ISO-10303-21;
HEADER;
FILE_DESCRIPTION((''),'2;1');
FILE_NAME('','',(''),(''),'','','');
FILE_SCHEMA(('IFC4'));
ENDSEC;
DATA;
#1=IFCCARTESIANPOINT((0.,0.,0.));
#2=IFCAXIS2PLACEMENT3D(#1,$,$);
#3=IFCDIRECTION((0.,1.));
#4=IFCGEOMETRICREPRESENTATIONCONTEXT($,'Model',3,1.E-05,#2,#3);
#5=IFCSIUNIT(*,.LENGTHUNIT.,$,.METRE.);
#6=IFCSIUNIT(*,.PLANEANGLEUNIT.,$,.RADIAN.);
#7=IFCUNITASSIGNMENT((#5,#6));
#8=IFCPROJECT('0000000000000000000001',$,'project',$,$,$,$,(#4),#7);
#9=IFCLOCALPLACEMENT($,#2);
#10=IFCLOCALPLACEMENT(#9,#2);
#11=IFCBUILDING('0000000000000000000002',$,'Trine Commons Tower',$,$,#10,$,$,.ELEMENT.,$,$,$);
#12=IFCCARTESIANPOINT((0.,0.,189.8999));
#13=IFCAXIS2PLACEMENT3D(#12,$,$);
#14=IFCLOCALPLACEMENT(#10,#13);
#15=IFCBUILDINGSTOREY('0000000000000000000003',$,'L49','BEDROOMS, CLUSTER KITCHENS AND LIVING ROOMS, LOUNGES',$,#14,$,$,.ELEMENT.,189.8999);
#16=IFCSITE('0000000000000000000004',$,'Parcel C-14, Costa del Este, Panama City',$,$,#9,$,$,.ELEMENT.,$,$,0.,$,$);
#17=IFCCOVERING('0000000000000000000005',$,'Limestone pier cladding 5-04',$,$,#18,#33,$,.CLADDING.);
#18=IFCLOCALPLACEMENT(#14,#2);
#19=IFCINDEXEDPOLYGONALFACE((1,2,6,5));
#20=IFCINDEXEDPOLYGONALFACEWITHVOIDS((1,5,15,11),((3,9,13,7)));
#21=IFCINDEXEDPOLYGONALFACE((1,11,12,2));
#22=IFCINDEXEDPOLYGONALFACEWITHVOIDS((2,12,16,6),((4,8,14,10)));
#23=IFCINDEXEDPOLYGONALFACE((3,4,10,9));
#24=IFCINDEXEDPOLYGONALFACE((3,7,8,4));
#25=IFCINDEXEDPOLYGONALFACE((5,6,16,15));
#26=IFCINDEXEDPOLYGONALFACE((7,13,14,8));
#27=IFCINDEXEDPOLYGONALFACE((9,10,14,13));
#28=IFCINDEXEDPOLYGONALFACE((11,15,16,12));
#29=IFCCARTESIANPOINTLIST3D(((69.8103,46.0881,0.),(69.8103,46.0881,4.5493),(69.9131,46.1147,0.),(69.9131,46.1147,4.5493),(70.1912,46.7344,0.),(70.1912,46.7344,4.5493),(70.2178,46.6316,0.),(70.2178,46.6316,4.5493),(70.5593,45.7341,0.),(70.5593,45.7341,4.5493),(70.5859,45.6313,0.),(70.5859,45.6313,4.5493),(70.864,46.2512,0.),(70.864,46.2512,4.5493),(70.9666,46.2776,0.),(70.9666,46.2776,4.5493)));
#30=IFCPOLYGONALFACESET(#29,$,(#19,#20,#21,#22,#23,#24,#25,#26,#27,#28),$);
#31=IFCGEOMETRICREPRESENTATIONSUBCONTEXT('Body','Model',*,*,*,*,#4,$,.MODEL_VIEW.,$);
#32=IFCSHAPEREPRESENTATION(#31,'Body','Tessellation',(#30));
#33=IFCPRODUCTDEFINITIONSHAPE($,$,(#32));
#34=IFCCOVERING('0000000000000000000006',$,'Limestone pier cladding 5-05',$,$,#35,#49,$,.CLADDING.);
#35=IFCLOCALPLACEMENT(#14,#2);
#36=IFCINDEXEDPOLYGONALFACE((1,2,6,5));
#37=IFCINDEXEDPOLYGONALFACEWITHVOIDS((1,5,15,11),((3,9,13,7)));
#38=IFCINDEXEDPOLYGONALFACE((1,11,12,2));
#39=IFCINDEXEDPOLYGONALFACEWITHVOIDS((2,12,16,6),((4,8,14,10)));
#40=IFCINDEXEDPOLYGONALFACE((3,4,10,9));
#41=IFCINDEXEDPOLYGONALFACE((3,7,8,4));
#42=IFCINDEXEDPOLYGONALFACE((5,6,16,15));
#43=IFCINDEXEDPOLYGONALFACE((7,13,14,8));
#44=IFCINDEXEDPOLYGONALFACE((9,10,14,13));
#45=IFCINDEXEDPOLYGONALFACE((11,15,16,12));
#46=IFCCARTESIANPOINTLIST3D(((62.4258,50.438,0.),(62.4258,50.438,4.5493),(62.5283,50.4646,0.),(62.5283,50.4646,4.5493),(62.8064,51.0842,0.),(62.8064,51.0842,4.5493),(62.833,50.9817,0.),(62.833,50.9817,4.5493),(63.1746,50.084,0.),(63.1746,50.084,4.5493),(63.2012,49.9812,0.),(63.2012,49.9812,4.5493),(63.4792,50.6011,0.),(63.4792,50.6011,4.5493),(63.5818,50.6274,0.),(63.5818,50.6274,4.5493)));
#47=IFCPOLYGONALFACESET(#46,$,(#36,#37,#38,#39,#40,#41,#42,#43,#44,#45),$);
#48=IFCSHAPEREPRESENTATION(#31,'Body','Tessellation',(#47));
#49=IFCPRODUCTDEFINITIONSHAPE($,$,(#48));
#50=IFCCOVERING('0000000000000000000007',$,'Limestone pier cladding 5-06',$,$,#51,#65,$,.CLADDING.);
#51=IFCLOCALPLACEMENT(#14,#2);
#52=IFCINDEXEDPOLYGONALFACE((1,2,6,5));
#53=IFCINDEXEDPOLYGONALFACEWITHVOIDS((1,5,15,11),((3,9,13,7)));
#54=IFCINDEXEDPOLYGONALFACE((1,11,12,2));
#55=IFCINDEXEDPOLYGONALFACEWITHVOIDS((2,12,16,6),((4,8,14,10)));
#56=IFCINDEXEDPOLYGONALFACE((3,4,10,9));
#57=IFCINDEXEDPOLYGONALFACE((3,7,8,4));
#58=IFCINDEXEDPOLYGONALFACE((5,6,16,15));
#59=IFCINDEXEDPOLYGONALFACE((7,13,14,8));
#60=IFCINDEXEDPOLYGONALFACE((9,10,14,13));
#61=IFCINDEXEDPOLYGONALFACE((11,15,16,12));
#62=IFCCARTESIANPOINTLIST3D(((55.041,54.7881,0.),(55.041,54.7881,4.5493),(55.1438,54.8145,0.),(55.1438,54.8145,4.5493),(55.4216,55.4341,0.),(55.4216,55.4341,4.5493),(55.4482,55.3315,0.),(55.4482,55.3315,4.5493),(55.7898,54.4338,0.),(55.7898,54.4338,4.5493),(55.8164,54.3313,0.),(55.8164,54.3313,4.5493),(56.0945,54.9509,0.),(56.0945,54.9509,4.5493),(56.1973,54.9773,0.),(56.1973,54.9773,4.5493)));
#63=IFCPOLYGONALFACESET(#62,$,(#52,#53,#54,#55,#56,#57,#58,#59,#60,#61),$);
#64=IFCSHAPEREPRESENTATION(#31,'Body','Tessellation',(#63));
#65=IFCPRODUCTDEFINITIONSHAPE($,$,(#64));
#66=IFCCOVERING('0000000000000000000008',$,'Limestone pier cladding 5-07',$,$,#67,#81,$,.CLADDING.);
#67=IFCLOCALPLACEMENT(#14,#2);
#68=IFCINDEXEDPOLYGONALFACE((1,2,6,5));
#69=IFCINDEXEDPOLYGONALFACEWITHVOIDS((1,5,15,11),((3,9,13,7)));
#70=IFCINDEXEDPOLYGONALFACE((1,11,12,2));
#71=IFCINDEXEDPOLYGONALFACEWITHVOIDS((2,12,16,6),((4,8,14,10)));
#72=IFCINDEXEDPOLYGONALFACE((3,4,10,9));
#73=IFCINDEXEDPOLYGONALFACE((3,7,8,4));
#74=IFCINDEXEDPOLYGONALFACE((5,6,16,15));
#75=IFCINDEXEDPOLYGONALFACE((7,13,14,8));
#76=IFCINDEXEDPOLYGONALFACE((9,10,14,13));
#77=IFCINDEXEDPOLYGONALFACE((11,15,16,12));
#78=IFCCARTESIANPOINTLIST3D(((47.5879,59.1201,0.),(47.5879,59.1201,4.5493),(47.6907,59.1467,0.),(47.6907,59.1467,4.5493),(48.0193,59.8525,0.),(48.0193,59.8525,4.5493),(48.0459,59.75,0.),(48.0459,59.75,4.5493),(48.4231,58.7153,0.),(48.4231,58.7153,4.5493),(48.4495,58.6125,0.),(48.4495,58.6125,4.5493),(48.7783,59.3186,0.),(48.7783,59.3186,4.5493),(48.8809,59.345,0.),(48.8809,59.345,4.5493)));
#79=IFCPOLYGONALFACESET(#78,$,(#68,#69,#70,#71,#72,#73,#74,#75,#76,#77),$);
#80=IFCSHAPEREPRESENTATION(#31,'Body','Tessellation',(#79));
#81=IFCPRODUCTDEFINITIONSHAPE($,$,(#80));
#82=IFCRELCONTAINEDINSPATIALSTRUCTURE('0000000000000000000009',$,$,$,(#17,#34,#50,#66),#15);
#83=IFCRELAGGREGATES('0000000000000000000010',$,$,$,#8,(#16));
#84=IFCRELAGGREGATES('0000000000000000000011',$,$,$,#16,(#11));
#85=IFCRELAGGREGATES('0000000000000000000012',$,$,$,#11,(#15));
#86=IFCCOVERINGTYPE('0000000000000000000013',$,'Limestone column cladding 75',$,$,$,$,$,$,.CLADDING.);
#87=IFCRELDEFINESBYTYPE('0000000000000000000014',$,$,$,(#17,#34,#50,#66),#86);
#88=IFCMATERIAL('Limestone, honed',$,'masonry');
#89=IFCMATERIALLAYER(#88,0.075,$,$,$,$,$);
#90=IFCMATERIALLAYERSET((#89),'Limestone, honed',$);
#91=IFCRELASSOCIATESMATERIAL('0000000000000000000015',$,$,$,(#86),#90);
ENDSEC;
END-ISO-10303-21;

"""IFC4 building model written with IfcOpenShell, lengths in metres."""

from ifc_helpers import new_model, si_unit, direction, frame, origin, place, context, subcontext, project, spatial, polyline, outline, extrude, material, layer, layer_set, type_object, element, save


model = new_model("IFC4")

# Units and contexts
model_context = context("Model", 3, precision=1e-05, world=origin(), true_north=direction((0.0, 1.0)))
body_context = subcontext(model_context, "Body", "Model", "MODEL_VIEW")
ifc_project = project(units=[si_unit("LENGTHUNIT", "METRE"), si_unit("PLANEANGLEUNIT", "RADIAN")], contexts=[model_context])

# Site, building, storey
site_placement = place(None, origin())
site = spatial("IfcSite", under=ifc_project, at=site_placement, Name="Parcel C-14, Costa del Este, Panama City", CompositionType="ELEMENT", RefElevation=0.0)
building_placement = place(site_placement, origin())
building = spatial("IfcBuilding", under=site, at=building_placement, Name="Trine Commons Tower", CompositionType="ELEMENT")
storey_placement = place(building_placement, frame((0.0, 0.0, 189.8999)))
storey = spatial("IfcBuildingStorey", under=building, at=storey_placement, Name="L49", Description="BEDROOMS, CLUSTER KITCHENS AND LIVING ROOMS, LOUNGES", CompositionType="ELEMENT", Elevation=189.8999)

# Coverings
ifc_material_1 = material(Name="Limestone, honed", Category="masonry")
ifc_layer_1 = layer(ifc_material_1, 0.075)
ifc_layer_set_1 = layer_set([ifc_layer_1], Name="Limestone, honed")
covering_type_1 = type_object("IfcCoveringType", Name="Limestone column cladding 75", PredefinedType="CLADDING", material=ifc_layer_set_1)
covering_1_placement = place(storey_placement, origin())
element("IfcCovering", 1, at=covering_1_placement, inside=storey, type_object=covering_type_1, Name="Limestone pier cladding 5-04", PredefinedType="CLADDING", context=body_context, shape_type="SweptSolid", body=[
    extrude(outline(polyline([(70.1912, 46.7344), (69.8103, 46.0881), (70.5859, 45.6313), (70.9666, 46.2776), (70.1912, 46.7344)]), holes=[polyline([(70.2178, 46.6316), (69.9131, 46.1147), (70.5593, 45.7341), (70.864, 46.2512), (70.2178, 46.6316)])]), origin(), (0.0, 0.0, 1.0), 4.5493),
])
covering_2_placement = place(storey_placement, origin())
element("IfcCovering", 2, at=covering_2_placement, inside=storey, type_object=covering_type_1, Name="Limestone pier cladding 5-05", PredefinedType="CLADDING", context=body_context, shape_type="SweptSolid", body=[
    extrude(outline(polyline([(62.8064, 51.0842), (62.4258, 50.438), (63.2012, 49.9812), (63.5818, 50.6274), (62.8064, 51.0842)]), holes=[polyline([(62.833, 50.9817), (62.5283, 50.4646), (63.1746, 50.084), (63.4792, 50.6011), (62.833, 50.9817)])]), origin(), (0.0, 0.0, 1.0), 4.5493),
])
covering_3_placement = place(storey_placement, origin())
element("IfcCovering", 3, at=covering_3_placement, inside=storey, type_object=covering_type_1, Name="Limestone pier cladding 5-06", PredefinedType="CLADDING", context=body_context, shape_type="SweptSolid", body=[
    extrude(outline(polyline([(55.4216, 55.4341), (55.041, 54.7881), (55.8164, 54.3313), (56.1973, 54.9773), (55.4216, 55.4341)]), holes=[polyline([(55.4482, 55.3315), (55.1438, 54.8145), (55.7898, 54.4338), (56.0945, 54.9509), (55.4482, 55.3315)])]), origin(), (0.0, 0.0, 1.0), 4.5493),
])
covering_4_placement = place(storey_placement, origin())
element("IfcCovering", 4, at=covering_4_placement, inside=storey, type_object=covering_type_1, Name="Limestone pier cladding 5-07", PredefinedType="CLADDING", context=body_context, shape_type="SweptSolid", body=[
    extrude(outline(polyline([(48.0193, 59.8525), (47.5879, 59.1201), (48.4495, 58.6125), (48.8809, 59.345), (48.0193, 59.8525)]), holes=[polyline([(48.0459, 59.75), (47.6907, 59.1467), (48.4231, 58.7153), (48.7783, 59.3186), (48.0459, 59.75)])]), origin(), (0.0, 0.0, 1.0), 4.5493),
])

save(model, "model.ifc")
